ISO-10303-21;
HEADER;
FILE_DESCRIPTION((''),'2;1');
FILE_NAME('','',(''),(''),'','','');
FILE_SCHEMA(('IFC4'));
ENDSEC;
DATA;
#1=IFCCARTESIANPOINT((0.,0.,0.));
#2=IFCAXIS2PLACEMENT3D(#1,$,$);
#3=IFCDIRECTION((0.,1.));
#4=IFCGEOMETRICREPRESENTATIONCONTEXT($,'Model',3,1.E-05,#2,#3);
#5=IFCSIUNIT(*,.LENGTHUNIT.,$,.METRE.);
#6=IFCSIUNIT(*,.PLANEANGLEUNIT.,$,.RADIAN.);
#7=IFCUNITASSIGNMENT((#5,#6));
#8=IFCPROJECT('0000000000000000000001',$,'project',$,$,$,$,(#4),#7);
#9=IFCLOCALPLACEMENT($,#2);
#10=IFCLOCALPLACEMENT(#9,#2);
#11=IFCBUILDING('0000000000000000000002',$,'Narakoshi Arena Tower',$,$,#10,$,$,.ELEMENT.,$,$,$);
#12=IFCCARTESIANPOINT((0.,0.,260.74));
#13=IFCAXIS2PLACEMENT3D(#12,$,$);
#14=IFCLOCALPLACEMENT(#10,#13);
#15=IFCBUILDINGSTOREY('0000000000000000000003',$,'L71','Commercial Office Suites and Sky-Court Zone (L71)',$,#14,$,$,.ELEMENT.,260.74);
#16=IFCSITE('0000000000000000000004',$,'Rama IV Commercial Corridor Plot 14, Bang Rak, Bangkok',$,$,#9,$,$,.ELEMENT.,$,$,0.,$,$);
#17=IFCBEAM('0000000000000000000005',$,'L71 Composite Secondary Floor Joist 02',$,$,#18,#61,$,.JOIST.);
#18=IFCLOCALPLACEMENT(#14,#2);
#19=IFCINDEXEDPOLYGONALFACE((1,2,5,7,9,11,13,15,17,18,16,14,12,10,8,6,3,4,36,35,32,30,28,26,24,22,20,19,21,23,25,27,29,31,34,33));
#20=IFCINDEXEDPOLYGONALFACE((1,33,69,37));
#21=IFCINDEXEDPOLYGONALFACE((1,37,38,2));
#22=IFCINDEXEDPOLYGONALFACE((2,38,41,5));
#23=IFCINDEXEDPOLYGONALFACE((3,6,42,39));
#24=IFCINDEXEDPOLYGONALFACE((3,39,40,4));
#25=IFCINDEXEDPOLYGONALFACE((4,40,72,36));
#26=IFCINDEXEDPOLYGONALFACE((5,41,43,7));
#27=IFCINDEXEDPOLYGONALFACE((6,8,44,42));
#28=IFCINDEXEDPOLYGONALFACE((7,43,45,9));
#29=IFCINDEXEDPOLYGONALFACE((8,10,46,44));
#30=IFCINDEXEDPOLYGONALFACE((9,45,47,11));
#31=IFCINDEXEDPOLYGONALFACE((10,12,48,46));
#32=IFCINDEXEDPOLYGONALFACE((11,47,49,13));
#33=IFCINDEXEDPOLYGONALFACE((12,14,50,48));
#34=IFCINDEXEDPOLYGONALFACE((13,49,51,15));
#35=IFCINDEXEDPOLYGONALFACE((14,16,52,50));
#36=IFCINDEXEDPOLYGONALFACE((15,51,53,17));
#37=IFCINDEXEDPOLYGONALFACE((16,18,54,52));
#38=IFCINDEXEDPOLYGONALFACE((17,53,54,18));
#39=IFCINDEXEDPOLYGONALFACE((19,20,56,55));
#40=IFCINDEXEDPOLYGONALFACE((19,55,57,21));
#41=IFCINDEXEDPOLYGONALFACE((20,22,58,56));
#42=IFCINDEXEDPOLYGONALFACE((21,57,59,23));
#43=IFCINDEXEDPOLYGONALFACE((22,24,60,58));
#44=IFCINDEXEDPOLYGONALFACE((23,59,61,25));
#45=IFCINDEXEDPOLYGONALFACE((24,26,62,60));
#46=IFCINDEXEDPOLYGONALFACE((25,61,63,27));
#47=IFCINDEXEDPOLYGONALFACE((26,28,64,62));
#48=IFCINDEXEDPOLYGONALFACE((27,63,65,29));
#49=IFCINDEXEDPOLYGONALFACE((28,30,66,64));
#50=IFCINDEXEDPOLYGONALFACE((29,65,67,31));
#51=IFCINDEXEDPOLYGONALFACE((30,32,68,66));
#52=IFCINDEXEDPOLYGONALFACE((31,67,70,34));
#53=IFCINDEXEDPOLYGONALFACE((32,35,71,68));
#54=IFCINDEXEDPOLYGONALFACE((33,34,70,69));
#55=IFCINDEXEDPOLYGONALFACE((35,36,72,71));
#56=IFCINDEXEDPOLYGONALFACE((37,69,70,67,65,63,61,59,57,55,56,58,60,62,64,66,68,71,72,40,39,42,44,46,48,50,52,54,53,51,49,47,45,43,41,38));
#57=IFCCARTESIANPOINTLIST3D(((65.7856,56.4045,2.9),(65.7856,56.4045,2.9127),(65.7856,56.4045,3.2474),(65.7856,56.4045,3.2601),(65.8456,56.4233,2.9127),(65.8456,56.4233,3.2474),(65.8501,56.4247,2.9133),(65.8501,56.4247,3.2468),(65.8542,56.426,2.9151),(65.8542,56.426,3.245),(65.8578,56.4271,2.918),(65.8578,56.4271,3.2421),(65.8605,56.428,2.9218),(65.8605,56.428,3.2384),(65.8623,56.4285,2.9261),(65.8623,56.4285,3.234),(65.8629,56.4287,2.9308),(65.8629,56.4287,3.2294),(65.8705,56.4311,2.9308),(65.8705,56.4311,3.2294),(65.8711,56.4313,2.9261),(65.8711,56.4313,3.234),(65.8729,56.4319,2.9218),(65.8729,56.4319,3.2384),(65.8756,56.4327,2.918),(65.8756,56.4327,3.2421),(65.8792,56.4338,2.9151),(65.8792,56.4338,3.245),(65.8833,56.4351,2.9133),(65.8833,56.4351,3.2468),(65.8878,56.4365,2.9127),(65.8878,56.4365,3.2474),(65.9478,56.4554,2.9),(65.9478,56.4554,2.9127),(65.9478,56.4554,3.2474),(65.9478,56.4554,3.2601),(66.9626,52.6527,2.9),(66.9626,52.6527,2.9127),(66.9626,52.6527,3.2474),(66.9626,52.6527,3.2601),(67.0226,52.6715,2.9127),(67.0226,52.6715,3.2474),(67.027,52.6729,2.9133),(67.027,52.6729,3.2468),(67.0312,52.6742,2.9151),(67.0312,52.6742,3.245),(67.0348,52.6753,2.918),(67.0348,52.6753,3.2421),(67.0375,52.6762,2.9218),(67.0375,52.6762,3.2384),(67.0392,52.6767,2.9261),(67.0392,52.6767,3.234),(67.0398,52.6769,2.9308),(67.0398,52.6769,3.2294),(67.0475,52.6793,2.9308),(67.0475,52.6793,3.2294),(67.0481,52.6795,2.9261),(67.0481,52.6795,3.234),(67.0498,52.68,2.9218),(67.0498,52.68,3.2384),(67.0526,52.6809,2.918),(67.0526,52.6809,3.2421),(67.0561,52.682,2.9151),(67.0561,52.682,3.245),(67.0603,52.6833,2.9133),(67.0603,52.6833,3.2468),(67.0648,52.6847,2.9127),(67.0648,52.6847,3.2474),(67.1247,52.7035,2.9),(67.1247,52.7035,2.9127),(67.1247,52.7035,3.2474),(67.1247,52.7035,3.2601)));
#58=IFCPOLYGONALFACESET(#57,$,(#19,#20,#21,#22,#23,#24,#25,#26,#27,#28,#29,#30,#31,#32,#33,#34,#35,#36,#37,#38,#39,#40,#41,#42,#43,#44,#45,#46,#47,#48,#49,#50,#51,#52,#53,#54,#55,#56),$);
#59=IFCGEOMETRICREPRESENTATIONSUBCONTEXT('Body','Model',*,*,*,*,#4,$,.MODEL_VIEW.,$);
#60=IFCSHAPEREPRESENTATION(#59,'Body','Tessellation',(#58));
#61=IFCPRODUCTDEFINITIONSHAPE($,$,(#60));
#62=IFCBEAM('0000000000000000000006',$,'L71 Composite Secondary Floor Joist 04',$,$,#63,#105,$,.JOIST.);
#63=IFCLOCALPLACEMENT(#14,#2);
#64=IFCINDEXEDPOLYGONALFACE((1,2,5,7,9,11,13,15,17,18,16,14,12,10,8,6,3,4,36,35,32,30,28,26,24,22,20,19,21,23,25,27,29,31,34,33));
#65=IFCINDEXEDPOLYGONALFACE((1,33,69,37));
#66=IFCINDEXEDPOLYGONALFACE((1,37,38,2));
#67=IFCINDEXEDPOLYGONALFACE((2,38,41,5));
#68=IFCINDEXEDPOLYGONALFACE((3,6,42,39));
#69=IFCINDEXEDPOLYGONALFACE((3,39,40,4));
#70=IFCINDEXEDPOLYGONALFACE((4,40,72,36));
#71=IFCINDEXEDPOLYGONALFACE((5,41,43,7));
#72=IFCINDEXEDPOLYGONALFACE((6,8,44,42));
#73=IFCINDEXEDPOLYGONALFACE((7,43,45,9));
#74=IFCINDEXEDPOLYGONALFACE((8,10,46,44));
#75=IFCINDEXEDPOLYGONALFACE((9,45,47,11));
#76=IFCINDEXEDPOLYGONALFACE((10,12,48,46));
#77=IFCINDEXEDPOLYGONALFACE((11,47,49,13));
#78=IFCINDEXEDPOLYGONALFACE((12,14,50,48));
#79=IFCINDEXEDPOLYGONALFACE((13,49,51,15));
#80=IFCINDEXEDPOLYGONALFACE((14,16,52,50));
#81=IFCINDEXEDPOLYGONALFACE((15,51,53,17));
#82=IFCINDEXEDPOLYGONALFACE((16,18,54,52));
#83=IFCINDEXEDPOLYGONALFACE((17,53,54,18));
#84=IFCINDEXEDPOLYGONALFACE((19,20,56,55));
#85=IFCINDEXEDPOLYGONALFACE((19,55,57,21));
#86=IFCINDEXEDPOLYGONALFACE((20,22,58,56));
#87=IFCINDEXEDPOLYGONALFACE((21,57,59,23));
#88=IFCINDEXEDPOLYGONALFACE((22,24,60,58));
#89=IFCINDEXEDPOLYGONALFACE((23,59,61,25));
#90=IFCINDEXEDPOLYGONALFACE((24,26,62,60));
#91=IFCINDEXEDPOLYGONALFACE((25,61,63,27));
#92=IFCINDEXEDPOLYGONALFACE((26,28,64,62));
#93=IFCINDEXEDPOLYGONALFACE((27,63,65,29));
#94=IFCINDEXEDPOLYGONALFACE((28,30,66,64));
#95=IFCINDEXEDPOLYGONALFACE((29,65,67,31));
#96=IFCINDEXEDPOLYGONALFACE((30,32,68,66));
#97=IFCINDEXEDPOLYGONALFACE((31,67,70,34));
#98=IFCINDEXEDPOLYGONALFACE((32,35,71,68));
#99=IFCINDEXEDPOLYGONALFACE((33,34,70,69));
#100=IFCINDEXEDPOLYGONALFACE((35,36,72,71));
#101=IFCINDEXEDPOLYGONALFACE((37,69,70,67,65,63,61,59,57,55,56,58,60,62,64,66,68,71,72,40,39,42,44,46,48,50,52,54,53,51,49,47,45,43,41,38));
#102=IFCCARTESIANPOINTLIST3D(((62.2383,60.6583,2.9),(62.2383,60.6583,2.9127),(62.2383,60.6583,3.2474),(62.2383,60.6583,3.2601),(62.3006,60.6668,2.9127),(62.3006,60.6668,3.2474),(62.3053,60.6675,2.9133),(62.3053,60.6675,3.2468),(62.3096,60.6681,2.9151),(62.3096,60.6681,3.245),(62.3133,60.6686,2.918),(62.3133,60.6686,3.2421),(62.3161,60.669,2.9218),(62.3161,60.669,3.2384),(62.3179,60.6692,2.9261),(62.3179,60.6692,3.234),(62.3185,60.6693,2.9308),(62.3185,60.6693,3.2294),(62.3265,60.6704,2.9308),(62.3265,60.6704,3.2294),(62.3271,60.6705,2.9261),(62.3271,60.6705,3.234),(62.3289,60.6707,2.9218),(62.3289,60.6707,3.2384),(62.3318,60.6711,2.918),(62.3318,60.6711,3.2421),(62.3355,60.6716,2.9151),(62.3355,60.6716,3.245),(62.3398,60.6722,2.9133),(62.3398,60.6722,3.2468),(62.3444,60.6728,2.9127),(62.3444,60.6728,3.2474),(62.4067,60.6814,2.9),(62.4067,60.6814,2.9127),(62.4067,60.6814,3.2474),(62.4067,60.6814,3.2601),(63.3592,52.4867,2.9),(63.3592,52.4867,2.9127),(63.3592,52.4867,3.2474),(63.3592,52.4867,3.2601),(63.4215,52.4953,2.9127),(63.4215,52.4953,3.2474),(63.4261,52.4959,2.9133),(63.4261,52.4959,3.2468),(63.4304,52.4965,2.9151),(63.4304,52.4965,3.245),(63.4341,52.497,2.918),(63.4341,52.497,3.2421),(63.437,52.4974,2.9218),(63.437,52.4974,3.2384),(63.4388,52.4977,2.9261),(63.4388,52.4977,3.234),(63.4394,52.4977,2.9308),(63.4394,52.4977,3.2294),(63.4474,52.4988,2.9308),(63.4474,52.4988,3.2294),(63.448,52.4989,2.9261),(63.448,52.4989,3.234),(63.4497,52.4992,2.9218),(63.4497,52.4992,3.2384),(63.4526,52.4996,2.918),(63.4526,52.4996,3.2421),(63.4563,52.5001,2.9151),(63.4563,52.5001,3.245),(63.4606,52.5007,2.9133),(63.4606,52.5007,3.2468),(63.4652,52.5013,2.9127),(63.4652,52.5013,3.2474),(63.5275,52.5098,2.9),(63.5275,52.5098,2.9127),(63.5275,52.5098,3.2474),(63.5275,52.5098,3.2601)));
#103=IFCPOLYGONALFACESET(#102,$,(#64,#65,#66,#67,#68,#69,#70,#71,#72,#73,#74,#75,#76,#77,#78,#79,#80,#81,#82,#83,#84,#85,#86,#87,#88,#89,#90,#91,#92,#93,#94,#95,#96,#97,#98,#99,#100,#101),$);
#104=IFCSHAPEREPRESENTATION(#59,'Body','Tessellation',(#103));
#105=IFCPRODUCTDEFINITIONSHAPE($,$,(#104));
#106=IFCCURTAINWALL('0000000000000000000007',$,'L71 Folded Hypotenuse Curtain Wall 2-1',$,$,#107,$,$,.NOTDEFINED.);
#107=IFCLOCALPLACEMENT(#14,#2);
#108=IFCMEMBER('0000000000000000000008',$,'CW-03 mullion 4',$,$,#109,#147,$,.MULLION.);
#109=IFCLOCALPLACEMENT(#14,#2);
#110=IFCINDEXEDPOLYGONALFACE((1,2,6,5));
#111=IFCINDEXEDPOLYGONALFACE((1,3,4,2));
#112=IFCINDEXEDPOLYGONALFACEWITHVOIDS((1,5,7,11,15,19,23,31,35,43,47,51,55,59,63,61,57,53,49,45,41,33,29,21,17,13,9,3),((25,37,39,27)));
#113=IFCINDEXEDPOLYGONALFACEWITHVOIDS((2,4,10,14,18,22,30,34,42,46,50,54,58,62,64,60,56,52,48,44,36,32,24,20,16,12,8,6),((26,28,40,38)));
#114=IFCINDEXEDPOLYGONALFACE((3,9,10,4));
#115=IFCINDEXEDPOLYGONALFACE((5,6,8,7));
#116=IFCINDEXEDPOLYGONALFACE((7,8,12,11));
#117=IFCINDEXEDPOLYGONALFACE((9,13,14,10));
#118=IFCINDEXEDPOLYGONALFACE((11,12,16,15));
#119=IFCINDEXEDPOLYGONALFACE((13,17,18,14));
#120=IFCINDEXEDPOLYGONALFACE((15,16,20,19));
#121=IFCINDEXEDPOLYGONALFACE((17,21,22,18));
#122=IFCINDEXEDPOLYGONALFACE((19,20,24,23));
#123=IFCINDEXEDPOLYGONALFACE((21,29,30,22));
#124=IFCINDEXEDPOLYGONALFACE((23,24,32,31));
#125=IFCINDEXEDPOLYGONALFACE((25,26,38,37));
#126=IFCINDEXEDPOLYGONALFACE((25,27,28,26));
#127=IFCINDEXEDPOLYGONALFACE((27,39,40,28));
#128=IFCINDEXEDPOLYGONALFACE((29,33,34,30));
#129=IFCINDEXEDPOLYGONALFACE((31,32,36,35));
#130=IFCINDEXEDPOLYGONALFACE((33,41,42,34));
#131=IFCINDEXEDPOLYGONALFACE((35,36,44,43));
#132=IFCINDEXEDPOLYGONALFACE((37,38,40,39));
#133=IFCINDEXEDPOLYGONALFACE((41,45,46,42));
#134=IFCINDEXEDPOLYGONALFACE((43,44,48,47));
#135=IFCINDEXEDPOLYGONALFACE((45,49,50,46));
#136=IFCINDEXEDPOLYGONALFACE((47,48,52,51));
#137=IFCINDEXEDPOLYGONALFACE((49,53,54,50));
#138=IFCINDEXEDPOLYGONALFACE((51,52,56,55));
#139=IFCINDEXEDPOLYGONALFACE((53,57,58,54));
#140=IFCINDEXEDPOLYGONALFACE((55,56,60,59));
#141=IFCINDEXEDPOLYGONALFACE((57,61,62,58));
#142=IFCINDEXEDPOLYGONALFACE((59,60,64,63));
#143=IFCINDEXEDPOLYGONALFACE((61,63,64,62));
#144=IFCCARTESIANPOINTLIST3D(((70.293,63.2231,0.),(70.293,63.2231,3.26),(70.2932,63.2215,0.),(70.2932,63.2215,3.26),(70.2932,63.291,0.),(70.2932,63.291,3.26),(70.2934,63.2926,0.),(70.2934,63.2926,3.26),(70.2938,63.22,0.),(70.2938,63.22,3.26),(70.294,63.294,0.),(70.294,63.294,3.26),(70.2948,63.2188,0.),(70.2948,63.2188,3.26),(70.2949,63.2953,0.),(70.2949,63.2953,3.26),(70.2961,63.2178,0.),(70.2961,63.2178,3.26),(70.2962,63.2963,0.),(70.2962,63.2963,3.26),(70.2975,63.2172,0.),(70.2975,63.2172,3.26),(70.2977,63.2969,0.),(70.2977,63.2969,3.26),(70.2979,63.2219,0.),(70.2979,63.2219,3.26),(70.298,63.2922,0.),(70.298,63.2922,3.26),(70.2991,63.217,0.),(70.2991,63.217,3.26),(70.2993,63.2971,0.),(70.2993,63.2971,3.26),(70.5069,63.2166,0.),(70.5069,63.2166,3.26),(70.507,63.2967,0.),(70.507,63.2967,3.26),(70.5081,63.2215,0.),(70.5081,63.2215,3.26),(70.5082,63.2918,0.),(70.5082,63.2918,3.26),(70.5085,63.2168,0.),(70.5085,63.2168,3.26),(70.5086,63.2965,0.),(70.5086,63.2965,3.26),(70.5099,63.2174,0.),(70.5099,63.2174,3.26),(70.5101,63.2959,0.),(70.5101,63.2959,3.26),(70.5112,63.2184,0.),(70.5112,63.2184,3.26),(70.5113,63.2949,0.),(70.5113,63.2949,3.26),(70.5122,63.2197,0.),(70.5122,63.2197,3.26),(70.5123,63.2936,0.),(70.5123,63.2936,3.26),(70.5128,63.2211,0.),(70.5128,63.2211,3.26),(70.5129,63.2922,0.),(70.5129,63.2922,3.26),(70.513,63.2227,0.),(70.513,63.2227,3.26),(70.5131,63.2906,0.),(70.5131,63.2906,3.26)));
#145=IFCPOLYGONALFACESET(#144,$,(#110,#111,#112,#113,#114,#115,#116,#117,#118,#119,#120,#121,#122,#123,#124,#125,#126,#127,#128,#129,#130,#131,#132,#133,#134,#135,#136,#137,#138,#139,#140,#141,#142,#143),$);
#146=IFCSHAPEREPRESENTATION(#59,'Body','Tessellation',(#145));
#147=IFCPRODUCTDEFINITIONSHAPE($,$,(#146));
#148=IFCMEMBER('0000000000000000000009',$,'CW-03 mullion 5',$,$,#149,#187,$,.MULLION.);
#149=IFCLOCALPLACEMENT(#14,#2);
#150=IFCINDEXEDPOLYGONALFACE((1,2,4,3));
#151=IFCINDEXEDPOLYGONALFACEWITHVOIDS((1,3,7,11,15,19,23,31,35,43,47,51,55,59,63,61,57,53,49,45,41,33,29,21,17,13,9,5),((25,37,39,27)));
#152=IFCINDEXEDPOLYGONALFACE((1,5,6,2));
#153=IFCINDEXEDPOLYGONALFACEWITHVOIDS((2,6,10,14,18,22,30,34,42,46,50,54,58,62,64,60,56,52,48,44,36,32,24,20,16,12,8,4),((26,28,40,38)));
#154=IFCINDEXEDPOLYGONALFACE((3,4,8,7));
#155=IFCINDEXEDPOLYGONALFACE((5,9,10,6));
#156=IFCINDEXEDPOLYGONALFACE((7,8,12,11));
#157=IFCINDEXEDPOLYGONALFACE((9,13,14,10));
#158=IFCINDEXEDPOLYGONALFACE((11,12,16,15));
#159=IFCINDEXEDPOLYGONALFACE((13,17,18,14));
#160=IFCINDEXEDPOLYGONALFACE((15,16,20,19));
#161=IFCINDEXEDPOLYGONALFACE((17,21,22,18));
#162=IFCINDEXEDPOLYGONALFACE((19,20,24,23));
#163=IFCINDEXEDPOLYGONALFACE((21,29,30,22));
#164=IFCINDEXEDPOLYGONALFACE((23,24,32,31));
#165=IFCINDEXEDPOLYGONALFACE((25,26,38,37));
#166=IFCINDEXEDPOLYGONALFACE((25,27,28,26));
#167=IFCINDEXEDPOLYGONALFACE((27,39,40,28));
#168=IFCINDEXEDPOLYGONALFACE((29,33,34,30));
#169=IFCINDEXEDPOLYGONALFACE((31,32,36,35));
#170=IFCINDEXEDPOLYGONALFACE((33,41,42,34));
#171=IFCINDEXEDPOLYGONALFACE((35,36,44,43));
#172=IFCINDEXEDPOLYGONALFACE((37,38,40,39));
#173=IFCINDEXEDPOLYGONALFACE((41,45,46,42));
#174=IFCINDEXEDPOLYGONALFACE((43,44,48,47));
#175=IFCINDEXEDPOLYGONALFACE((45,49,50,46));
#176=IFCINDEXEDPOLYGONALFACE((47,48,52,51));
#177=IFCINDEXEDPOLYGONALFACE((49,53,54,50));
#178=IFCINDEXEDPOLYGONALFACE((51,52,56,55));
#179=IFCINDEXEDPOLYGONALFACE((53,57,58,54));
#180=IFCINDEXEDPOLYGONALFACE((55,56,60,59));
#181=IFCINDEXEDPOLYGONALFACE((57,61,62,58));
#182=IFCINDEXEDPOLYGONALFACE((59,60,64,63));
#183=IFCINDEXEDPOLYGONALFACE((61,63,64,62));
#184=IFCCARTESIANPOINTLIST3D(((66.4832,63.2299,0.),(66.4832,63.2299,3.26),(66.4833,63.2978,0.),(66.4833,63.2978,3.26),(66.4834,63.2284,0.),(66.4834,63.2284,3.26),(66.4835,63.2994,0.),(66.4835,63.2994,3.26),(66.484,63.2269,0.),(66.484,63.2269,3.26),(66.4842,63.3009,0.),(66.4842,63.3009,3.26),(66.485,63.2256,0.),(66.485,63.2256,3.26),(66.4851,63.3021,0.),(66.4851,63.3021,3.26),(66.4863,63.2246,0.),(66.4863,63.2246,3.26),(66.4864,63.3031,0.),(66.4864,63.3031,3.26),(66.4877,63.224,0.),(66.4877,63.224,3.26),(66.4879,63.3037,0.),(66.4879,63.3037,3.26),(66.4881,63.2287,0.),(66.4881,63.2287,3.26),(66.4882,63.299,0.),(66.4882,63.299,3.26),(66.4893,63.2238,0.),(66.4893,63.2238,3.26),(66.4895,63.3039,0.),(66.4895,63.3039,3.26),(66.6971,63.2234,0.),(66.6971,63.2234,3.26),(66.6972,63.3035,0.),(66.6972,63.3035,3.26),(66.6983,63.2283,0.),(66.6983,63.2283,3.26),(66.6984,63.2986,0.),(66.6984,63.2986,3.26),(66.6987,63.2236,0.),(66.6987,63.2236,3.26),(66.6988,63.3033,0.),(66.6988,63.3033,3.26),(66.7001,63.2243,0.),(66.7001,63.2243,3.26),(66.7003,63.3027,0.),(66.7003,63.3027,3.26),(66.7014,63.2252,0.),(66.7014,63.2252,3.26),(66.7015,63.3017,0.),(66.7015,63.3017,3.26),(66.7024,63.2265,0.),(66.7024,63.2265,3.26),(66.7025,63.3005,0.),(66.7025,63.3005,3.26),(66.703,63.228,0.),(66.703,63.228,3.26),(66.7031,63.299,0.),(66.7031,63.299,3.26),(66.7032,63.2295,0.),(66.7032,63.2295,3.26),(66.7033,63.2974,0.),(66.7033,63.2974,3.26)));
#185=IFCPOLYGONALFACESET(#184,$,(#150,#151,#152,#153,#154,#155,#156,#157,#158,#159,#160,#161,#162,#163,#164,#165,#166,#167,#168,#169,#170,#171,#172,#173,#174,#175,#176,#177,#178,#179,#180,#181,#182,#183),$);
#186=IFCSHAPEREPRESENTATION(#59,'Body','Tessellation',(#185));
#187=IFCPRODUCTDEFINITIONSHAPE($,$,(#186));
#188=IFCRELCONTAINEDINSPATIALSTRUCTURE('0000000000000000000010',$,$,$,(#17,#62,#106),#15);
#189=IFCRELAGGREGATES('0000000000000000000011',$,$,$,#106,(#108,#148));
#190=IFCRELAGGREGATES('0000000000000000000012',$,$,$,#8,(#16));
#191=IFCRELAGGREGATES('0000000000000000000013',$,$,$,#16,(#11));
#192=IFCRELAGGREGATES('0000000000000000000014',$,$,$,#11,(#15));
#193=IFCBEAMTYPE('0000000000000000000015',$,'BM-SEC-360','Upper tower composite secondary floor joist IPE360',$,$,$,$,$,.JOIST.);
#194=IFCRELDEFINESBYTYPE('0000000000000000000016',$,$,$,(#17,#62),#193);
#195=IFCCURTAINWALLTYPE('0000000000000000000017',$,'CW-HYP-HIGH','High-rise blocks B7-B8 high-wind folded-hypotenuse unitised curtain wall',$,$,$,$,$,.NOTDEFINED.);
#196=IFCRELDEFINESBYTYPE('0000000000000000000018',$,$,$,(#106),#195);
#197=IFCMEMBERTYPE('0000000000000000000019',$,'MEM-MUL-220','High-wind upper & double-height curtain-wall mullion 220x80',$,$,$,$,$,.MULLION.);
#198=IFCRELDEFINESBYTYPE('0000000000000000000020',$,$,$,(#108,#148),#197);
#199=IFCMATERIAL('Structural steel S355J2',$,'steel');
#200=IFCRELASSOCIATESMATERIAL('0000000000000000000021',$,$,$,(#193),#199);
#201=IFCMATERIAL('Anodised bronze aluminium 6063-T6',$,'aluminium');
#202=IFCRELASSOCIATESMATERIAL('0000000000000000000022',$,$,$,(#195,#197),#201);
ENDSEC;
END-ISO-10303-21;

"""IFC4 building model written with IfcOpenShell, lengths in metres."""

from ifc_helpers import new_model, si_unit, direction, frame, origin, origin_2d, place, context, subcontext, project, spatial, hollow_rectangle, i_section, extrude, material, material_profile, profile_set, type_object, element, aggregate, save


model = new_model("IFC4")

# Units and contexts
model_context = context("Model", 3, precision=1e-05, world=origin(), true_north=direction((0.0, 1.0)))
body_context = subcontext(model_context, "Body", "Model", "MODEL_VIEW")
ifc_project = project(units=[si_unit("LENGTHUNIT", "METRE"), si_unit("PLANEANGLEUNIT", "RADIAN")], contexts=[model_context])

# Site, building, storey
site_placement = place(None, origin())
site = spatial("IfcSite", under=ifc_project, at=site_placement, Name="Rama IV Commercial Corridor Plot 14, Bang Rak, Bangkok", CompositionType="ELEMENT", RefElevation=0.0)
building_placement = place(site_placement, origin())
building = spatial("IfcBuilding", under=site, at=building_placement, Name="Narakoshi Arena Tower", CompositionType="ELEMENT")
storey_placement = place(building_placement, frame((0.0, 0.0, 260.74)))
storey = spatial("IfcBuildingStorey", under=building, at=storey_placement, Name="L71", Description="Commercial Office Suites and Sky-Court Zone (L71)", CompositionType="ELEMENT", Elevation=260.74)

# Beams
ifc_material_1 = material(Name="Structural steel S355J2", Category="steel")
ifc_material_profile_1 = material_profile(ifc_material_1, i_section(OverallWidth=0.1699, OverallDepth=0.3601, WebThickness=0.0081, FlangeThickness=0.0127, FilletRadius=0.0181, at=origin_2d()), Name="IPE360")
ifc_profile_set_1 = profile_set([ifc_material_profile_1], Name="Structural steel S355J2")
beam_type = type_object("IfcBeamType", Name="BM-SEC-360", Description="Upper tower composite secondary floor joist IPE360", PredefinedType="JOIST", material=ifc_profile_set_1)
beam_1_placement = place(storey_placement, frame((65.8667, 56.4299, 3.0801), z_axis=(0.299321, -0.954152, 0.0), x_axis=(0.954152, 0.299321, 0.0)))
element("IfcBeam", 1, at=beam_1_placement, inside=storey, type_object=beam_type, Name="L71 Composite Secondary Floor Joist 02", PredefinedType="JOIST", context=body_context, shape_type="SweptSolid", body=[
    extrude(i_section(OverallWidth=0.1699, OverallDepth=0.3601, WebThickness=0.0081, FlangeThickness=0.0127, FilletRadius=0.0181, at=origin_2d()), origin(), (0.0, 0.0, 1.0), 3.9321),
])
beam_2_placement = place(storey_placement, frame((63.4434, 52.4983, 3.0801), z_axis=(-0.135891, 0.990724, 0.0), x_axis=(-0.990724, -0.135891, 0.0)))
element("IfcBeam", 2, at=beam_2_placement, inside=storey, type_object=beam_type, Name="L71 Composite Secondary Floor Joist 04", PredefinedType="JOIST", context=body_context, shape_type="SweptSolid", body=[
    extrude(i_section(OverallWidth=0.1699, OverallDepth=0.3601, WebThickness=0.0081, FlangeThickness=0.0127, FilletRadius=0.0181, at=origin_2d()), origin(), (0.0, 0.0, 1.0), 8.248),
])

# Curtain wall, members
ifc_material_2 = material(Name="Anodised bronze aluminium 6063-T6", Category="aluminium")
curtain_wall_type = type_object("IfcCurtainWallType", Name="CW-HYP-HIGH", Description="High-rise blocks B7-B8 high-wind folded-hypotenuse unitised curtain wall", PredefinedType="NOTDEFINED", material=ifc_material_2)
curtain_wall_placement = place(storey_placement, origin())
curtain_wall = element("IfcCurtainWall", 3, at=curtain_wall_placement, inside=storey, type_object=curtain_wall_type, Name="L71 Folded Hypotenuse Curtain Wall 2-1", PredefinedType="NOTDEFINED")
ifc_material_profile_2 = material_profile(ifc_material_2, hollow_rectangle(XDim=0.0801, YDim=0.22, WallThickness=0.0049, OuterFilletRadius=0.0061, at=origin_2d()), Name="MUL220x80x5")
ifc_profile_set_2 = profile_set([ifc_material_profile_2], Name="Anodised bronze aluminium 6063-T6")
member_type_1 = type_object("IfcMemberType", Name="MEM-MUL-220", Description="High-wind upper & double-height curtain-wall mullion 220x80", PredefinedType="MULLION", material=ifc_profile_set_2)
member_1_placement = place(storey_placement, frame((70.4031, 63.2568, 0.0), z_axis=(0.0, 0.0, 1.0), x_axis=(-0.00182, -0.999998, 0.0)))
member_1 = element("IfcMember", 4, at=member_1_placement, type_object=member_type_1, Name="CW-03 mullion 4", PredefinedType="MULLION", context=body_context, shape_type="SweptSolid", body=[
    extrude(hollow_rectangle(XDim=0.0801, YDim=0.22, WallThickness=0.0049, OuterFilletRadius=0.0061, at=origin_2d()), origin(), (0.0, 0.0, 1.0), 3.26),
])
member_2_placement = place(storey_placement, frame((66.5933, 63.2637, 0.0), z_axis=(0.0, 0.0, 1.0), x_axis=(-0.00182, -0.999998, 0.0)))
member_2 = element("IfcMember", 5, at=member_2_placement, type_object=member_type_1, Name="CW-03 mullion 5", PredefinedType="MULLION", context=body_context, shape_type="SweptSolid", body=[
    extrude(hollow_rectangle(XDim=0.0801, YDim=0.22, WallThickness=0.0049, OuterFilletRadius=0.0061, at=origin_2d()), origin(), (0.0, 0.0, 1.0), 3.26),
])
aggregate(curtain_wall, [member_1, member_2])

save(model, "model.ifc")
